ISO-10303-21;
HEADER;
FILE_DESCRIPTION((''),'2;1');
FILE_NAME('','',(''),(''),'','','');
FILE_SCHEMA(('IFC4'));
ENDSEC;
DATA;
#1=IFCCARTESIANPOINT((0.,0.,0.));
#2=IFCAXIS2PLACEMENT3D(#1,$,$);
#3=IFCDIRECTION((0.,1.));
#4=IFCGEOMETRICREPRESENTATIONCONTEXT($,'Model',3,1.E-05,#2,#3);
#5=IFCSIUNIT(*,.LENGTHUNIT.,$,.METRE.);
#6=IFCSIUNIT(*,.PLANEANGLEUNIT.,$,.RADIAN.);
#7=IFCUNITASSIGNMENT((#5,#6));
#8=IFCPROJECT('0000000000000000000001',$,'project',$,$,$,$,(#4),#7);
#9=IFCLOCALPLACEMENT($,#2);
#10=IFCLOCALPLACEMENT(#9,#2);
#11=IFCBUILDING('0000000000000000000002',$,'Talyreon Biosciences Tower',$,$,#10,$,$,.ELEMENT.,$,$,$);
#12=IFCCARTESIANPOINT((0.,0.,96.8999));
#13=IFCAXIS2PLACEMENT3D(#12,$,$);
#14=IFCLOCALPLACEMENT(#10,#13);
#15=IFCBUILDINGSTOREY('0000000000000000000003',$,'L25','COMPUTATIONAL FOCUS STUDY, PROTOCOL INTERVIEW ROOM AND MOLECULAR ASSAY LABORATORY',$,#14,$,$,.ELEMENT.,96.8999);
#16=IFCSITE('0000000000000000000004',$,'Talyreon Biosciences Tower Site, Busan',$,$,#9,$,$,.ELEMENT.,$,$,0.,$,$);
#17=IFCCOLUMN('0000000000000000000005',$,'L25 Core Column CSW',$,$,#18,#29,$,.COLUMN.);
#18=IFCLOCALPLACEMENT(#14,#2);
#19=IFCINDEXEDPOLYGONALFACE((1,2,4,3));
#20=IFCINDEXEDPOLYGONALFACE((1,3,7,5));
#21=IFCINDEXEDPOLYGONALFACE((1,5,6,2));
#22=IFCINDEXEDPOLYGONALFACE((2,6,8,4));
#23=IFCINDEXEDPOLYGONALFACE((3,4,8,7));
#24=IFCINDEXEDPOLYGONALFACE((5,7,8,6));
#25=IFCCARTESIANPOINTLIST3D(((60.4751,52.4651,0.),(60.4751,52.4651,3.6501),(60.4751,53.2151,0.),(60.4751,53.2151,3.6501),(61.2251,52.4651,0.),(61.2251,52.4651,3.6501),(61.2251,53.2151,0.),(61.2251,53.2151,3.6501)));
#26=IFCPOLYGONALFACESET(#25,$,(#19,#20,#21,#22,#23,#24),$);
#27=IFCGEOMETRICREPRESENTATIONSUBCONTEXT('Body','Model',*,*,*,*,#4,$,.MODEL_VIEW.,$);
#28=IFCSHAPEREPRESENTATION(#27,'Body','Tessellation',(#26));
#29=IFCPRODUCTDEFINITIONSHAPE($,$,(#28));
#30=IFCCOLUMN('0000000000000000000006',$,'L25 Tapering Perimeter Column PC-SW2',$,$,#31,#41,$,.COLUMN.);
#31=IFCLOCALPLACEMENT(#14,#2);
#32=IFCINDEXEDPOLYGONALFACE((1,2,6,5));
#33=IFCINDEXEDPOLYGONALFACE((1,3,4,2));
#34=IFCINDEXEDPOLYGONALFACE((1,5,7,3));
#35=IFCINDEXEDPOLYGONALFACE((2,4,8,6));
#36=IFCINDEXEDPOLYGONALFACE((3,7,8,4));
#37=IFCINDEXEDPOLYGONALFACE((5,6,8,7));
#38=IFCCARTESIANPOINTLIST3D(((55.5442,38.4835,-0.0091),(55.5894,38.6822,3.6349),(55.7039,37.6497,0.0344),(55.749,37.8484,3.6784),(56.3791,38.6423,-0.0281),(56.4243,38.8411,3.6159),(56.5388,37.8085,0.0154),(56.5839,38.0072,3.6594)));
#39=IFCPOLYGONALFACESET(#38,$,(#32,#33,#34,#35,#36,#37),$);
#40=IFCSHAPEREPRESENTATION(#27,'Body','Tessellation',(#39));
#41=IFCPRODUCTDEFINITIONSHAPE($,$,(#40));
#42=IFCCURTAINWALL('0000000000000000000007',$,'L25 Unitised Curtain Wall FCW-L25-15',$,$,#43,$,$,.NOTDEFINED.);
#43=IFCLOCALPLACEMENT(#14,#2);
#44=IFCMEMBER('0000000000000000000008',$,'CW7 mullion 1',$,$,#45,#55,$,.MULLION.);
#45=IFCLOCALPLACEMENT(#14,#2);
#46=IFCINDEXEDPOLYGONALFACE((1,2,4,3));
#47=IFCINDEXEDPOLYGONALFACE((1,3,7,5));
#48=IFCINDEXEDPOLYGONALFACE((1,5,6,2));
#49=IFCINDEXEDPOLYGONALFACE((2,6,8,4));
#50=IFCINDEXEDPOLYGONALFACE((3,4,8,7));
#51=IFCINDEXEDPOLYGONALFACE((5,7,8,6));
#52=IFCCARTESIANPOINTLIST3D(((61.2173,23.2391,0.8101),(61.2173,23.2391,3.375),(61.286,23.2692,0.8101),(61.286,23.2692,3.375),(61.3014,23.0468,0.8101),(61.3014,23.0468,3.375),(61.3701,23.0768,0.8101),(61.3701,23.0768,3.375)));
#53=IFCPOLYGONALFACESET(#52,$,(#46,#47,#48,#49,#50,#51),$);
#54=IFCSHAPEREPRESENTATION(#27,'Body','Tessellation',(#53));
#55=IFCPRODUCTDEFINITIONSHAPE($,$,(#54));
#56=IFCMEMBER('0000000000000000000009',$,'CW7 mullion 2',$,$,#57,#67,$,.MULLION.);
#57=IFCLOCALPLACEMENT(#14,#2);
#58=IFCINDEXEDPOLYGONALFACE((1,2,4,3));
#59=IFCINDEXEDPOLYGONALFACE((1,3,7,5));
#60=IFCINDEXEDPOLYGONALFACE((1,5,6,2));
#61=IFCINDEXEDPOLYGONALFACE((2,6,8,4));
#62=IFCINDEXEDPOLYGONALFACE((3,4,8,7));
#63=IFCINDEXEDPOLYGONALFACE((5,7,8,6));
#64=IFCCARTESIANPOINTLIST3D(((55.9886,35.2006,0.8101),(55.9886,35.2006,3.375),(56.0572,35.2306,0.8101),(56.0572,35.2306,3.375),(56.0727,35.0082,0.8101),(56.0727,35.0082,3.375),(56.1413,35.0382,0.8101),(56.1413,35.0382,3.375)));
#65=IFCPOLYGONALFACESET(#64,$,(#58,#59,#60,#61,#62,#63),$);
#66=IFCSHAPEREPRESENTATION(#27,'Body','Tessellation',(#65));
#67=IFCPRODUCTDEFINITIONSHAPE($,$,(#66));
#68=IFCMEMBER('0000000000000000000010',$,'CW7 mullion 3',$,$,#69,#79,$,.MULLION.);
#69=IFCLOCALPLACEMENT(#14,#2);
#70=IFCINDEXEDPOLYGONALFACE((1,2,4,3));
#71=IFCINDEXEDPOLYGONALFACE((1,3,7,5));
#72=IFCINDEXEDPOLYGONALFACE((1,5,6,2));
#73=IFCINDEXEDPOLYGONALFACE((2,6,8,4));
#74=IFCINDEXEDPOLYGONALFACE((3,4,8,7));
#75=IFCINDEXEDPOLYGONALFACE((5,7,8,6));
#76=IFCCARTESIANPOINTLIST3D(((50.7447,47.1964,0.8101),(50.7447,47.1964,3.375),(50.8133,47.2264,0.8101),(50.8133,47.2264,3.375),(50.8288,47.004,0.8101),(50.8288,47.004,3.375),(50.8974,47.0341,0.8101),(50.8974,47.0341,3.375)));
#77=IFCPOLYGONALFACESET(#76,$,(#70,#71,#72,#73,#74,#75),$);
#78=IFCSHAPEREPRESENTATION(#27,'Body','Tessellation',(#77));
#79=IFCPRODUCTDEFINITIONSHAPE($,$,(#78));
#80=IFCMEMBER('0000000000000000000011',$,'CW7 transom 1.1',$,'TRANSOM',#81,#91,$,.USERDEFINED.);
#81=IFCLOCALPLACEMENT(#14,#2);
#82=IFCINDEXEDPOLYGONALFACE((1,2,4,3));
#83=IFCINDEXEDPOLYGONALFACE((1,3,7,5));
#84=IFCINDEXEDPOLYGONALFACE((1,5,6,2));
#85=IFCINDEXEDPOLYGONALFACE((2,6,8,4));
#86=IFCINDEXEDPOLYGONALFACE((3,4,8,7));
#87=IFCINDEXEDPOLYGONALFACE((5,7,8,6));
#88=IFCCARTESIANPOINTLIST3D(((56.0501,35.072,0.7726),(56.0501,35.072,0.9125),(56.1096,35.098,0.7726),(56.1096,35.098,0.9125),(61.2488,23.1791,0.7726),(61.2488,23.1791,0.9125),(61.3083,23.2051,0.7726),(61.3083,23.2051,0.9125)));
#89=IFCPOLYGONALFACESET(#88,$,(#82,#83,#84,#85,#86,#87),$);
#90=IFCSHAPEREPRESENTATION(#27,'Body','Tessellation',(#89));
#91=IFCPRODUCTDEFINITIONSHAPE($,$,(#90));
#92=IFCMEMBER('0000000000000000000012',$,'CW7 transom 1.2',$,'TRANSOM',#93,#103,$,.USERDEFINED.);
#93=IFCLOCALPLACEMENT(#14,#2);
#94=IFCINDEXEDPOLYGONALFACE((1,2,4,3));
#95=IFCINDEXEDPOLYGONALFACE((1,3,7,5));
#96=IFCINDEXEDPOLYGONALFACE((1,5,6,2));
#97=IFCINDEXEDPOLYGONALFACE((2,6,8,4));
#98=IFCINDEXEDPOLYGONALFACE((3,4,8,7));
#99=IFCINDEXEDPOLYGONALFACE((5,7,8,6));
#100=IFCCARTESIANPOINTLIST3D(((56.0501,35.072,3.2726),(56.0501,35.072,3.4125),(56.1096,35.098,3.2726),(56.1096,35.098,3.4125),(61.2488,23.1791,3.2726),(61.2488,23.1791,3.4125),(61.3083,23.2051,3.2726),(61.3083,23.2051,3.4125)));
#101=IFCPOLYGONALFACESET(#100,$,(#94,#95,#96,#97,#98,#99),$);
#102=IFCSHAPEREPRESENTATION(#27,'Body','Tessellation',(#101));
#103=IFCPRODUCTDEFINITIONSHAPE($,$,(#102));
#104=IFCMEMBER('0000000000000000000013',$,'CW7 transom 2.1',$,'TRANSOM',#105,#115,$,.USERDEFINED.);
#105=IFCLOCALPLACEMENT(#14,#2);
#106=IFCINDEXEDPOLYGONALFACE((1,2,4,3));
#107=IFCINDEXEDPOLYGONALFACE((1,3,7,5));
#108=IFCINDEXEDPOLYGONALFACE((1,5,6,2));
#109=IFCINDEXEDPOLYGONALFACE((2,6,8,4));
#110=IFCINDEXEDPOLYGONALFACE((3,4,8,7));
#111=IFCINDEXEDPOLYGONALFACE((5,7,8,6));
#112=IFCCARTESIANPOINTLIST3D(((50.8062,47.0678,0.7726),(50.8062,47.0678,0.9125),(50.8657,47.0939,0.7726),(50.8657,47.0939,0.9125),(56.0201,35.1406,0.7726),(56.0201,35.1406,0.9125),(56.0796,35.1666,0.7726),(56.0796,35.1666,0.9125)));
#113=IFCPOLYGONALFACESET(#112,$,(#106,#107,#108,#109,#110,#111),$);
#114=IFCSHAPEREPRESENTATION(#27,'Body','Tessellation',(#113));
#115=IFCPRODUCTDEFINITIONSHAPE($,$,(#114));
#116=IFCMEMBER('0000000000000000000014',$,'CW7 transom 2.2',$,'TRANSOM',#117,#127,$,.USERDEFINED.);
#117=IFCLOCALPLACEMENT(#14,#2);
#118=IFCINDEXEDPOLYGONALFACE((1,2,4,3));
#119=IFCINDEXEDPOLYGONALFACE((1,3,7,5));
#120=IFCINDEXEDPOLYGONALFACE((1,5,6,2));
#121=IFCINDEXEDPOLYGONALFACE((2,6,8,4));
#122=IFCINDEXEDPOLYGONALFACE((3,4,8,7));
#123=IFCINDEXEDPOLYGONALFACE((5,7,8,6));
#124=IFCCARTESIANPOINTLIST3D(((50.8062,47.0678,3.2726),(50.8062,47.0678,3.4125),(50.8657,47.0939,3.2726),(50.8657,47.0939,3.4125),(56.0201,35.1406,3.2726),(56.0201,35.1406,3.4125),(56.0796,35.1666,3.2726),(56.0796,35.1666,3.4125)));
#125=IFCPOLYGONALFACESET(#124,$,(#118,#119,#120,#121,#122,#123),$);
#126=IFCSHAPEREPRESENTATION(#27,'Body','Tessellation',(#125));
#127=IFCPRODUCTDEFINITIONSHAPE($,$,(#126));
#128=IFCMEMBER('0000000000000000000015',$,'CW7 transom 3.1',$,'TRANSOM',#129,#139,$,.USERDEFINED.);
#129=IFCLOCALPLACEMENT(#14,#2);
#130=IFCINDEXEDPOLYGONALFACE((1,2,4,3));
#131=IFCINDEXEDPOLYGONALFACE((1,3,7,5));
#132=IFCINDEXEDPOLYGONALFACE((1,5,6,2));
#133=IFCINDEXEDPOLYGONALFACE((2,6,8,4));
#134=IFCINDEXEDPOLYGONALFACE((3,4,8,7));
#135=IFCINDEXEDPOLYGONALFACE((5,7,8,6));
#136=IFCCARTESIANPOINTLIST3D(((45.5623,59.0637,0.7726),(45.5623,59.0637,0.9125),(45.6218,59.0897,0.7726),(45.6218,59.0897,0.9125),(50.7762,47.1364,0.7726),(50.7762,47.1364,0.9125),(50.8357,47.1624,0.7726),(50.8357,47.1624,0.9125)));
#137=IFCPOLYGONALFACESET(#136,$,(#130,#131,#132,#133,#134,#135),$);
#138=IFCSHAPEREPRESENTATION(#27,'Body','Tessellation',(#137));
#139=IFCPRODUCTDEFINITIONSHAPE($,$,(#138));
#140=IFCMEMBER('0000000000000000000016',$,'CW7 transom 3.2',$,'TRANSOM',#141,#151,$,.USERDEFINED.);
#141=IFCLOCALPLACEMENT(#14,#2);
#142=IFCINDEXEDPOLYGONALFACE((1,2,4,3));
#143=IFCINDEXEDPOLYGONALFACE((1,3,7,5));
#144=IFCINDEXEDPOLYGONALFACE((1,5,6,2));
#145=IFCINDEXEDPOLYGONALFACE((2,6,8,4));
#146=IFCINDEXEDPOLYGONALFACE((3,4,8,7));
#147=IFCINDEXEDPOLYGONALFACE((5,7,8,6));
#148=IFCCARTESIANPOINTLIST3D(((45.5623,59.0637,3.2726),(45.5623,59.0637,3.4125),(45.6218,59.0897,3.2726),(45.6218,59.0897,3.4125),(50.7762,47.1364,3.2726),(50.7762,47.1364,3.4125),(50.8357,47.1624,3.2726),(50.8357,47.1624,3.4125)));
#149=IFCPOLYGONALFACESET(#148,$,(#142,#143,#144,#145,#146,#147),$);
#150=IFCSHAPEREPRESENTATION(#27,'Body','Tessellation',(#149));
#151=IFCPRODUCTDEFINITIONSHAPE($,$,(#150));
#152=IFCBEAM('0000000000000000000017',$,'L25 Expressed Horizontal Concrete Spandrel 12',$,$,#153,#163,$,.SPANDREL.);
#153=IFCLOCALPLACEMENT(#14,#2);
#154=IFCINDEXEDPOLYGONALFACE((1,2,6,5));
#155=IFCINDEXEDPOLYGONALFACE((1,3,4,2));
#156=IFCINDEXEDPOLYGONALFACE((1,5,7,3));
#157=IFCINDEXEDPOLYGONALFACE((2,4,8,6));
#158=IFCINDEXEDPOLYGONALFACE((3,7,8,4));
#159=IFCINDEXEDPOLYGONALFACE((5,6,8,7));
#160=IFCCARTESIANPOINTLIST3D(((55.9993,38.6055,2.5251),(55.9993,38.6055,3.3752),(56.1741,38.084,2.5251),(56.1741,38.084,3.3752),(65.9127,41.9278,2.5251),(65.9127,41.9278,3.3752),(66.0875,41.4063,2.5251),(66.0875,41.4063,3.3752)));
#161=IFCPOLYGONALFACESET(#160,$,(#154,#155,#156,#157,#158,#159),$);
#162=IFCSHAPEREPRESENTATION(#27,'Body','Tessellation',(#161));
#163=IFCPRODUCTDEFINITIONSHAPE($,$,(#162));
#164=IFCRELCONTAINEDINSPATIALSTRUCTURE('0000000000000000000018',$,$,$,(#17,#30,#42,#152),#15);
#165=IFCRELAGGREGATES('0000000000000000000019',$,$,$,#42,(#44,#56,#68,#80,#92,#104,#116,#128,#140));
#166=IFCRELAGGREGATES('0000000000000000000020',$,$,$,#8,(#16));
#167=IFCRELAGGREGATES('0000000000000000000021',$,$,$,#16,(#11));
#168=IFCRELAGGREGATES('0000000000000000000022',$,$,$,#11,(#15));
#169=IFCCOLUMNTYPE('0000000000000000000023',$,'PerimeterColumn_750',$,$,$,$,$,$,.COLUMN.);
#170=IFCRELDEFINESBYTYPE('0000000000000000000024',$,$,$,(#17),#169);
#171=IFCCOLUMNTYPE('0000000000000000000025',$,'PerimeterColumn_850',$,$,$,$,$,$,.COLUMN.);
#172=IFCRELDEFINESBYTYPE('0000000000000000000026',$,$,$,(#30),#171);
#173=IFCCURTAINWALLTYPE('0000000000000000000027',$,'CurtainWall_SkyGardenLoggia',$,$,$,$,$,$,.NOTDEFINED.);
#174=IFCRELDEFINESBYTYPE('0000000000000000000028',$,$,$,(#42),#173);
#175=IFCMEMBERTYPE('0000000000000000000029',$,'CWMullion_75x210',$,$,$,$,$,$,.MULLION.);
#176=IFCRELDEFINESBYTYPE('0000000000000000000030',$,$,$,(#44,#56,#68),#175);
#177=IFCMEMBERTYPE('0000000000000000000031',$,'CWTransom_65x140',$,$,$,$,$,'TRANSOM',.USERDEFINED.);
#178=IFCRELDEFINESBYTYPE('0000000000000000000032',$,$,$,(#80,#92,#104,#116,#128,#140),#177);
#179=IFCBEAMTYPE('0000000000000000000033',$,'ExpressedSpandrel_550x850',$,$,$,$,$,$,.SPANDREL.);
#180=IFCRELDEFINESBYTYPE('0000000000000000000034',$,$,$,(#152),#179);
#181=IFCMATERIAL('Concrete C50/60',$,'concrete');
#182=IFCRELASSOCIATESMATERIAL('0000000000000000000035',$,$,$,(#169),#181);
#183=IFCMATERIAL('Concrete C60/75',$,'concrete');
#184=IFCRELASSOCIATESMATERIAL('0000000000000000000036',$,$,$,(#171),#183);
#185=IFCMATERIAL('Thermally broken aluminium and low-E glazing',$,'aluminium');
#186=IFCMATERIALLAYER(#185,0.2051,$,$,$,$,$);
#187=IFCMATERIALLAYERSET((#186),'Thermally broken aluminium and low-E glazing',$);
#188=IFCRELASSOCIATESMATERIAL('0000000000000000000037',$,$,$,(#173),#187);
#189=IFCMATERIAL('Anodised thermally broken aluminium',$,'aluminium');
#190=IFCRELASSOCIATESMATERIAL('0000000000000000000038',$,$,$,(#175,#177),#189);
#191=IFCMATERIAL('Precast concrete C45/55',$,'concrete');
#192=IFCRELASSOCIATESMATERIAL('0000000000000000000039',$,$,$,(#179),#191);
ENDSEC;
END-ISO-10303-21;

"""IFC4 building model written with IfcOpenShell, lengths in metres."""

from ifc_helpers import new_model, si_unit, direction, frame, origin, origin_2d, place, context, subcontext, project, spatial, rectangle, extrude, material, layer, layer_set, material_profile, profile_set, type_object, element, aggregate, save


model = new_model("IFC4")

# Units and contexts
model_context = context("Model", 3, precision=1e-05, world=origin(), true_north=direction((0.0, 1.0)))
body_context = subcontext(model_context, "Body", "Model", "MODEL_VIEW")
ifc_project = project(units=[si_unit("LENGTHUNIT", "METRE"), si_unit("PLANEANGLEUNIT", "RADIAN")], contexts=[model_context])

# Site, building, storey
site_placement = place(None, origin())
site = spatial("IfcSite", under=ifc_project, at=site_placement, Name="Talyreon Biosciences Tower Site, Busan", CompositionType="ELEMENT", RefElevation=0.0)
building_placement = place(site_placement, origin())
building = spatial("IfcBuilding", under=site, at=building_placement, Name="Talyreon Biosciences Tower", CompositionType="ELEMENT")
storey_placement = place(building_placement, frame((0.0, 0.0, 96.8999)))
storey = spatial("IfcBuildingStorey", under=building, at=storey_placement, Name="L25", Description="COMPUTATIONAL FOCUS STUDY, PROTOCOL INTERVIEW ROOM AND MOLECULAR ASSAY LABORATORY", CompositionType="ELEMENT", Elevation=96.8999)

# Columns
ifc_material_1 = material(Name="Concrete C50/60", Category="concrete")
ifc_material_profile_1 = material_profile(ifc_material_1, rectangle(XDim=0.75, YDim=0.75, at=origin_2d()), Name="RC 750x750")
ifc_profile_set_1 = profile_set([ifc_material_profile_1], Name="Concrete C50/60")
column_type_1 = type_object("IfcColumnType", Name="PerimeterColumn_750", PredefinedType="COLUMN", material=ifc_profile_set_1)
column_1_placement = place(storey_placement, frame((60.8501, 52.8401, 0.0), z_axis=(0.0, 0.0, 1.0), x_axis=(1.0, 0.0, 0.0)))
element("IfcColumn", 1, at=column_1_placement, inside=storey, type_object=column_type_1, Name="L25 Core Column CSW", PredefinedType="COLUMN", context=body_context, shape_type="SweptSolid", body=[
    extrude(rectangle(XDim=0.75, YDim=0.75, at=origin_2d()), origin(), (0.0, 0.0, 1.0), 3.6501),
])
ifc_material_2 = material(Name="Concrete C60/75", Category="concrete")
ifc_material_profile_2 = material_profile(ifc_material_2, rectangle(XDim=0.8501, YDim=0.8501, at=origin_2d()), Name="RC 850x850")
ifc_profile_set_2 = profile_set([ifc_material_profile_2], Name="Concrete C60/75")
column_type_2 = type_object("IfcColumnType", Name="PerimeterColumn_850", PredefinedType="COLUMN", material=ifc_profile_set_2)
column_2_placement = place(storey_placement, frame((56.0415, 38.146, 0.0032), z_axis=(0.012375, 0.054451, 0.99844), x_axis=(-0.187779, 0.980878, -0.051165)))
element("IfcColumn", 2, at=column_2_placement, inside=storey, type_object=column_type_2, Name="L25 Tapering Perimeter Column PC-SW2", PredefinedType="COLUMN", context=body_context, shape_type="SweptSolid", body=[
    extrude(rectangle(XDim=0.8501, YDim=0.8501, at=origin_2d()), origin(), (0.0, 0.0, 1.0), 3.6497),
])

# Curtain wall, members
ifc_material_3 = material(Name="Thermally broken aluminium and low-E glazing", Category="aluminium")
ifc_layer_1 = layer(ifc_material_3, 0.2051)
ifc_layer_set_1 = layer_set([ifc_layer_1], Name="Thermally broken aluminium and low-E glazing")
curtain_wall_type = type_object("IfcCurtainWallType", Name="CurtainWall_SkyGardenLoggia", PredefinedType="NOTDEFINED", material=ifc_layer_set_1)
curtain_wall_placement = place(storey_placement, origin())
curtain_wall = element("IfcCurtainWall", 3, at=curtain_wall_placement, inside=storey, type_object=curtain_wall_type, Name="L25 Unitised Curtain Wall FCW-L25-15", PredefinedType="NOTDEFINED")
ifc_material_4 = material(Name="Anodised thermally broken aluminium", Category="aluminium")
ifc_material_profile_3 = material_profile(ifc_material_4, rectangle(XDim=0.075, YDim=0.21, at=origin_2d()), Name="ALUM MULLION 75x210")
ifc_profile_set_3 = profile_set([ifc_material_profile_3], Name="Anodised thermally broken aluminium")
member_type_1 = type_object("IfcMemberType", Name="CWMullion_75x210", PredefinedType="MULLION", material=ifc_profile_set_3)
member_1_placement = place(storey_placement, frame((61.2937, 23.158, 0.8101), z_axis=(0.0, 0.0, 1.0), x_axis=(-0.916278, -0.400542, 0.0)))
member_1 = element("IfcMember", 4, at=member_1_placement, type_object=member_type_1, Name="CW7 mullion 1", PredefinedType="MULLION", context=body_context, shape_type="SweptSolid", body=[
    extrude(rectangle(XDim=0.075, YDim=0.21, at=origin_2d()), origin(), (0.0, 0.0, 1.0), 2.5649),
])
member_2_placement = place(storey_placement, frame((56.0649, 35.1194, 0.8101), z_axis=(0.0, 0.0, 1.0), x_axis=(-0.916278, -0.400542, 0.0)))
member_2 = element("IfcMember", 5, at=member_2_placement, type_object=member_type_1, Name="CW7 mullion 2", PredefinedType="MULLION", context=body_context, shape_type="SweptSolid", body=[
    extrude(rectangle(XDim=0.075, YDim=0.21, at=origin_2d()), origin(), (0.0, 0.0, 1.0), 2.5649),
])
member_3_placement = place(storey_placement, frame((50.821, 47.1152, 0.8101), z_axis=(0.0, 0.0, 1.0), x_axis=(-0.916278, -0.400542, 0.0)))
member_3 = element("IfcMember", 6, at=member_3_placement, type_object=member_type_1, Name="CW7 mullion 3", PredefinedType="MULLION", context=body_context, shape_type="SweptSolid", body=[
    extrude(rectangle(XDim=0.075, YDim=0.21, at=origin_2d()), origin(), (0.0, 0.0, 1.0), 2.5649),
])
ifc_material_profile_4 = material_profile(ifc_material_4, rectangle(XDim=0.0649, YDim=0.1399, at=origin_2d()), Name="ALUM TRANSOM 65x140")
ifc_profile_set_4 = profile_set([ifc_material_profile_4], Name="Anodised thermally broken aluminium")
member_type_2 = type_object("IfcMemberType", Name="CWTransom_65x140", ElementType="TRANSOM", PredefinedType="USERDEFINED", material=ifc_profile_set_4)
member_4_placement = place(storey_placement, frame((61.2786, 23.1921, 0.8425), z_axis=(-0.400536, 0.916281, 0.0), x_axis=(-0.916281, -0.400536, 0.0)))
member_4 = element("IfcMember", 7, at=member_4_placement, type_object=member_type_2, Name="CW7 transom 1.1", ObjectType="TRANSOM", PredefinedType="USERDEFINED", context=body_context, shape_type="SweptSolid", body=[
    extrude(rectangle(XDim=0.0649, YDim=0.1399, at=origin_2d()), origin(), (0.0, 0.0, 1.0), 12.9795),
])
member_5_placement = place(storey_placement, frame((61.2786, 23.1921, 3.3425), z_axis=(-0.400536, 0.916281, 0.0), x_axis=(-0.916281, -0.400536, 0.0)))
member_5 = element("IfcMember", 8, at=member_5_placement, type_object=member_type_2, Name="CW7 transom 1.2", ObjectType="TRANSOM", PredefinedType="USERDEFINED", context=body_context, shape_type="SweptSolid", body=[
    extrude(rectangle(XDim=0.0649, YDim=0.1399, at=origin_2d()), origin(), (0.0, 0.0, 1.0), 12.9795),
])
member_6_placement = place(storey_placement, frame((56.0498, 35.1536, 0.8425), z_axis=(-0.400541, 0.916279, 0.0), x_axis=(-0.916279, -0.400541, 0.0)))
member_6 = element("IfcMember", 9, at=member_6_placement, type_object=member_type_2, Name="CW7 transom 2.1", ObjectType="TRANSOM", PredefinedType="USERDEFINED", context=body_context, shape_type="SweptSolid", body=[
    extrude(rectangle(XDim=0.0649, YDim=0.1399, at=origin_2d()), origin(), (0.0, 0.0, 1.0), 13.0171),
])
member_7_placement = place(storey_placement, frame((56.0498, 35.1536, 3.3425), z_axis=(-0.400541, 0.916279, 0.0), x_axis=(-0.916279, -0.400541, 0.0)))
member_7 = element("IfcMember", 10, at=member_7_placement, type_object=member_type_2, Name="CW7 transom 2.2", ObjectType="TRANSOM", PredefinedType="USERDEFINED", context=body_context, shape_type="SweptSolid", body=[
    extrude(rectangle(XDim=0.0649, YDim=0.1399, at=origin_2d()), origin(), (0.0, 0.0, 1.0), 13.0171),
])
member_8_placement = place(storey_placement, frame((50.8059, 47.1494, 0.8425), z_axis=(-0.400541, 0.916279, 0.0), x_axis=(-0.916279, -0.400541, 0.0)))
member_8 = element("IfcMember", 11, at=member_8_placement, type_object=member_type_2, Name="CW7 transom 3.1", ObjectType="TRANSOM", PredefinedType="USERDEFINED", context=body_context, shape_type="SweptSolid", body=[
    extrude(rectangle(XDim=0.0649, YDim=0.1399, at=origin_2d()), origin(), (0.0, 0.0, 1.0), 13.0171),
])
member_9_placement = place(storey_placement, frame((50.8059, 47.1494, 3.3425), z_axis=(-0.400541, 0.916279, 0.0), x_axis=(-0.916279, -0.400541, 0.0)))
member_9 = element("IfcMember", 12, at=member_9_placement, type_object=member_type_2, Name="CW7 transom 3.2", ObjectType="TRANSOM", PredefinedType="USERDEFINED", context=body_context, shape_type="SweptSolid", body=[
    extrude(rectangle(XDim=0.0649, YDim=0.1399, at=origin_2d()), origin(), (0.0, 0.0, 1.0), 13.0171),
])

# Beam
ifc_material_5 = material(Name="Precast concrete C45/55", Category="concrete")
ifc_material_profile_5 = material_profile(ifc_material_5, rectangle(XDim=0.55, YDim=0.8501, at=origin_2d()), Name="RCB 550x850")
ifc_profile_set_5 = profile_set([ifc_material_profile_5], Name="Precast concrete C45/55")
beam_type_1 = type_object("IfcBeamType", Name="ExpressedSpandrel_550x850", PredefinedType="SPANDREL", material=ifc_profile_set_5)
beam_1_placement = place(storey_placement, frame((56.0867, 38.3447, 2.9502), z_axis=(0.948171, 0.317762, 0.0), x_axis=(-0.317762, 0.948171, 0.0)))
element("IfcBeam", 13, at=beam_1_placement, inside=storey, type_object=beam_type_1, Name="L25 Expressed Horizontal Concrete Spandrel 12", PredefinedType="SPANDREL", context=body_context, shape_type="SweptSolid", body=[
    extrude(rectangle(XDim=0.55, YDim=0.8501, at=origin_2d()), origin(), (0.0, 0.0, 1.0), 10.4553),
])

aggregate(curtain_wall, [member_1, member_2, member_3, member_4, member_5, member_6, member_7, member_8, member_9])

save(model, "model.ifc")
